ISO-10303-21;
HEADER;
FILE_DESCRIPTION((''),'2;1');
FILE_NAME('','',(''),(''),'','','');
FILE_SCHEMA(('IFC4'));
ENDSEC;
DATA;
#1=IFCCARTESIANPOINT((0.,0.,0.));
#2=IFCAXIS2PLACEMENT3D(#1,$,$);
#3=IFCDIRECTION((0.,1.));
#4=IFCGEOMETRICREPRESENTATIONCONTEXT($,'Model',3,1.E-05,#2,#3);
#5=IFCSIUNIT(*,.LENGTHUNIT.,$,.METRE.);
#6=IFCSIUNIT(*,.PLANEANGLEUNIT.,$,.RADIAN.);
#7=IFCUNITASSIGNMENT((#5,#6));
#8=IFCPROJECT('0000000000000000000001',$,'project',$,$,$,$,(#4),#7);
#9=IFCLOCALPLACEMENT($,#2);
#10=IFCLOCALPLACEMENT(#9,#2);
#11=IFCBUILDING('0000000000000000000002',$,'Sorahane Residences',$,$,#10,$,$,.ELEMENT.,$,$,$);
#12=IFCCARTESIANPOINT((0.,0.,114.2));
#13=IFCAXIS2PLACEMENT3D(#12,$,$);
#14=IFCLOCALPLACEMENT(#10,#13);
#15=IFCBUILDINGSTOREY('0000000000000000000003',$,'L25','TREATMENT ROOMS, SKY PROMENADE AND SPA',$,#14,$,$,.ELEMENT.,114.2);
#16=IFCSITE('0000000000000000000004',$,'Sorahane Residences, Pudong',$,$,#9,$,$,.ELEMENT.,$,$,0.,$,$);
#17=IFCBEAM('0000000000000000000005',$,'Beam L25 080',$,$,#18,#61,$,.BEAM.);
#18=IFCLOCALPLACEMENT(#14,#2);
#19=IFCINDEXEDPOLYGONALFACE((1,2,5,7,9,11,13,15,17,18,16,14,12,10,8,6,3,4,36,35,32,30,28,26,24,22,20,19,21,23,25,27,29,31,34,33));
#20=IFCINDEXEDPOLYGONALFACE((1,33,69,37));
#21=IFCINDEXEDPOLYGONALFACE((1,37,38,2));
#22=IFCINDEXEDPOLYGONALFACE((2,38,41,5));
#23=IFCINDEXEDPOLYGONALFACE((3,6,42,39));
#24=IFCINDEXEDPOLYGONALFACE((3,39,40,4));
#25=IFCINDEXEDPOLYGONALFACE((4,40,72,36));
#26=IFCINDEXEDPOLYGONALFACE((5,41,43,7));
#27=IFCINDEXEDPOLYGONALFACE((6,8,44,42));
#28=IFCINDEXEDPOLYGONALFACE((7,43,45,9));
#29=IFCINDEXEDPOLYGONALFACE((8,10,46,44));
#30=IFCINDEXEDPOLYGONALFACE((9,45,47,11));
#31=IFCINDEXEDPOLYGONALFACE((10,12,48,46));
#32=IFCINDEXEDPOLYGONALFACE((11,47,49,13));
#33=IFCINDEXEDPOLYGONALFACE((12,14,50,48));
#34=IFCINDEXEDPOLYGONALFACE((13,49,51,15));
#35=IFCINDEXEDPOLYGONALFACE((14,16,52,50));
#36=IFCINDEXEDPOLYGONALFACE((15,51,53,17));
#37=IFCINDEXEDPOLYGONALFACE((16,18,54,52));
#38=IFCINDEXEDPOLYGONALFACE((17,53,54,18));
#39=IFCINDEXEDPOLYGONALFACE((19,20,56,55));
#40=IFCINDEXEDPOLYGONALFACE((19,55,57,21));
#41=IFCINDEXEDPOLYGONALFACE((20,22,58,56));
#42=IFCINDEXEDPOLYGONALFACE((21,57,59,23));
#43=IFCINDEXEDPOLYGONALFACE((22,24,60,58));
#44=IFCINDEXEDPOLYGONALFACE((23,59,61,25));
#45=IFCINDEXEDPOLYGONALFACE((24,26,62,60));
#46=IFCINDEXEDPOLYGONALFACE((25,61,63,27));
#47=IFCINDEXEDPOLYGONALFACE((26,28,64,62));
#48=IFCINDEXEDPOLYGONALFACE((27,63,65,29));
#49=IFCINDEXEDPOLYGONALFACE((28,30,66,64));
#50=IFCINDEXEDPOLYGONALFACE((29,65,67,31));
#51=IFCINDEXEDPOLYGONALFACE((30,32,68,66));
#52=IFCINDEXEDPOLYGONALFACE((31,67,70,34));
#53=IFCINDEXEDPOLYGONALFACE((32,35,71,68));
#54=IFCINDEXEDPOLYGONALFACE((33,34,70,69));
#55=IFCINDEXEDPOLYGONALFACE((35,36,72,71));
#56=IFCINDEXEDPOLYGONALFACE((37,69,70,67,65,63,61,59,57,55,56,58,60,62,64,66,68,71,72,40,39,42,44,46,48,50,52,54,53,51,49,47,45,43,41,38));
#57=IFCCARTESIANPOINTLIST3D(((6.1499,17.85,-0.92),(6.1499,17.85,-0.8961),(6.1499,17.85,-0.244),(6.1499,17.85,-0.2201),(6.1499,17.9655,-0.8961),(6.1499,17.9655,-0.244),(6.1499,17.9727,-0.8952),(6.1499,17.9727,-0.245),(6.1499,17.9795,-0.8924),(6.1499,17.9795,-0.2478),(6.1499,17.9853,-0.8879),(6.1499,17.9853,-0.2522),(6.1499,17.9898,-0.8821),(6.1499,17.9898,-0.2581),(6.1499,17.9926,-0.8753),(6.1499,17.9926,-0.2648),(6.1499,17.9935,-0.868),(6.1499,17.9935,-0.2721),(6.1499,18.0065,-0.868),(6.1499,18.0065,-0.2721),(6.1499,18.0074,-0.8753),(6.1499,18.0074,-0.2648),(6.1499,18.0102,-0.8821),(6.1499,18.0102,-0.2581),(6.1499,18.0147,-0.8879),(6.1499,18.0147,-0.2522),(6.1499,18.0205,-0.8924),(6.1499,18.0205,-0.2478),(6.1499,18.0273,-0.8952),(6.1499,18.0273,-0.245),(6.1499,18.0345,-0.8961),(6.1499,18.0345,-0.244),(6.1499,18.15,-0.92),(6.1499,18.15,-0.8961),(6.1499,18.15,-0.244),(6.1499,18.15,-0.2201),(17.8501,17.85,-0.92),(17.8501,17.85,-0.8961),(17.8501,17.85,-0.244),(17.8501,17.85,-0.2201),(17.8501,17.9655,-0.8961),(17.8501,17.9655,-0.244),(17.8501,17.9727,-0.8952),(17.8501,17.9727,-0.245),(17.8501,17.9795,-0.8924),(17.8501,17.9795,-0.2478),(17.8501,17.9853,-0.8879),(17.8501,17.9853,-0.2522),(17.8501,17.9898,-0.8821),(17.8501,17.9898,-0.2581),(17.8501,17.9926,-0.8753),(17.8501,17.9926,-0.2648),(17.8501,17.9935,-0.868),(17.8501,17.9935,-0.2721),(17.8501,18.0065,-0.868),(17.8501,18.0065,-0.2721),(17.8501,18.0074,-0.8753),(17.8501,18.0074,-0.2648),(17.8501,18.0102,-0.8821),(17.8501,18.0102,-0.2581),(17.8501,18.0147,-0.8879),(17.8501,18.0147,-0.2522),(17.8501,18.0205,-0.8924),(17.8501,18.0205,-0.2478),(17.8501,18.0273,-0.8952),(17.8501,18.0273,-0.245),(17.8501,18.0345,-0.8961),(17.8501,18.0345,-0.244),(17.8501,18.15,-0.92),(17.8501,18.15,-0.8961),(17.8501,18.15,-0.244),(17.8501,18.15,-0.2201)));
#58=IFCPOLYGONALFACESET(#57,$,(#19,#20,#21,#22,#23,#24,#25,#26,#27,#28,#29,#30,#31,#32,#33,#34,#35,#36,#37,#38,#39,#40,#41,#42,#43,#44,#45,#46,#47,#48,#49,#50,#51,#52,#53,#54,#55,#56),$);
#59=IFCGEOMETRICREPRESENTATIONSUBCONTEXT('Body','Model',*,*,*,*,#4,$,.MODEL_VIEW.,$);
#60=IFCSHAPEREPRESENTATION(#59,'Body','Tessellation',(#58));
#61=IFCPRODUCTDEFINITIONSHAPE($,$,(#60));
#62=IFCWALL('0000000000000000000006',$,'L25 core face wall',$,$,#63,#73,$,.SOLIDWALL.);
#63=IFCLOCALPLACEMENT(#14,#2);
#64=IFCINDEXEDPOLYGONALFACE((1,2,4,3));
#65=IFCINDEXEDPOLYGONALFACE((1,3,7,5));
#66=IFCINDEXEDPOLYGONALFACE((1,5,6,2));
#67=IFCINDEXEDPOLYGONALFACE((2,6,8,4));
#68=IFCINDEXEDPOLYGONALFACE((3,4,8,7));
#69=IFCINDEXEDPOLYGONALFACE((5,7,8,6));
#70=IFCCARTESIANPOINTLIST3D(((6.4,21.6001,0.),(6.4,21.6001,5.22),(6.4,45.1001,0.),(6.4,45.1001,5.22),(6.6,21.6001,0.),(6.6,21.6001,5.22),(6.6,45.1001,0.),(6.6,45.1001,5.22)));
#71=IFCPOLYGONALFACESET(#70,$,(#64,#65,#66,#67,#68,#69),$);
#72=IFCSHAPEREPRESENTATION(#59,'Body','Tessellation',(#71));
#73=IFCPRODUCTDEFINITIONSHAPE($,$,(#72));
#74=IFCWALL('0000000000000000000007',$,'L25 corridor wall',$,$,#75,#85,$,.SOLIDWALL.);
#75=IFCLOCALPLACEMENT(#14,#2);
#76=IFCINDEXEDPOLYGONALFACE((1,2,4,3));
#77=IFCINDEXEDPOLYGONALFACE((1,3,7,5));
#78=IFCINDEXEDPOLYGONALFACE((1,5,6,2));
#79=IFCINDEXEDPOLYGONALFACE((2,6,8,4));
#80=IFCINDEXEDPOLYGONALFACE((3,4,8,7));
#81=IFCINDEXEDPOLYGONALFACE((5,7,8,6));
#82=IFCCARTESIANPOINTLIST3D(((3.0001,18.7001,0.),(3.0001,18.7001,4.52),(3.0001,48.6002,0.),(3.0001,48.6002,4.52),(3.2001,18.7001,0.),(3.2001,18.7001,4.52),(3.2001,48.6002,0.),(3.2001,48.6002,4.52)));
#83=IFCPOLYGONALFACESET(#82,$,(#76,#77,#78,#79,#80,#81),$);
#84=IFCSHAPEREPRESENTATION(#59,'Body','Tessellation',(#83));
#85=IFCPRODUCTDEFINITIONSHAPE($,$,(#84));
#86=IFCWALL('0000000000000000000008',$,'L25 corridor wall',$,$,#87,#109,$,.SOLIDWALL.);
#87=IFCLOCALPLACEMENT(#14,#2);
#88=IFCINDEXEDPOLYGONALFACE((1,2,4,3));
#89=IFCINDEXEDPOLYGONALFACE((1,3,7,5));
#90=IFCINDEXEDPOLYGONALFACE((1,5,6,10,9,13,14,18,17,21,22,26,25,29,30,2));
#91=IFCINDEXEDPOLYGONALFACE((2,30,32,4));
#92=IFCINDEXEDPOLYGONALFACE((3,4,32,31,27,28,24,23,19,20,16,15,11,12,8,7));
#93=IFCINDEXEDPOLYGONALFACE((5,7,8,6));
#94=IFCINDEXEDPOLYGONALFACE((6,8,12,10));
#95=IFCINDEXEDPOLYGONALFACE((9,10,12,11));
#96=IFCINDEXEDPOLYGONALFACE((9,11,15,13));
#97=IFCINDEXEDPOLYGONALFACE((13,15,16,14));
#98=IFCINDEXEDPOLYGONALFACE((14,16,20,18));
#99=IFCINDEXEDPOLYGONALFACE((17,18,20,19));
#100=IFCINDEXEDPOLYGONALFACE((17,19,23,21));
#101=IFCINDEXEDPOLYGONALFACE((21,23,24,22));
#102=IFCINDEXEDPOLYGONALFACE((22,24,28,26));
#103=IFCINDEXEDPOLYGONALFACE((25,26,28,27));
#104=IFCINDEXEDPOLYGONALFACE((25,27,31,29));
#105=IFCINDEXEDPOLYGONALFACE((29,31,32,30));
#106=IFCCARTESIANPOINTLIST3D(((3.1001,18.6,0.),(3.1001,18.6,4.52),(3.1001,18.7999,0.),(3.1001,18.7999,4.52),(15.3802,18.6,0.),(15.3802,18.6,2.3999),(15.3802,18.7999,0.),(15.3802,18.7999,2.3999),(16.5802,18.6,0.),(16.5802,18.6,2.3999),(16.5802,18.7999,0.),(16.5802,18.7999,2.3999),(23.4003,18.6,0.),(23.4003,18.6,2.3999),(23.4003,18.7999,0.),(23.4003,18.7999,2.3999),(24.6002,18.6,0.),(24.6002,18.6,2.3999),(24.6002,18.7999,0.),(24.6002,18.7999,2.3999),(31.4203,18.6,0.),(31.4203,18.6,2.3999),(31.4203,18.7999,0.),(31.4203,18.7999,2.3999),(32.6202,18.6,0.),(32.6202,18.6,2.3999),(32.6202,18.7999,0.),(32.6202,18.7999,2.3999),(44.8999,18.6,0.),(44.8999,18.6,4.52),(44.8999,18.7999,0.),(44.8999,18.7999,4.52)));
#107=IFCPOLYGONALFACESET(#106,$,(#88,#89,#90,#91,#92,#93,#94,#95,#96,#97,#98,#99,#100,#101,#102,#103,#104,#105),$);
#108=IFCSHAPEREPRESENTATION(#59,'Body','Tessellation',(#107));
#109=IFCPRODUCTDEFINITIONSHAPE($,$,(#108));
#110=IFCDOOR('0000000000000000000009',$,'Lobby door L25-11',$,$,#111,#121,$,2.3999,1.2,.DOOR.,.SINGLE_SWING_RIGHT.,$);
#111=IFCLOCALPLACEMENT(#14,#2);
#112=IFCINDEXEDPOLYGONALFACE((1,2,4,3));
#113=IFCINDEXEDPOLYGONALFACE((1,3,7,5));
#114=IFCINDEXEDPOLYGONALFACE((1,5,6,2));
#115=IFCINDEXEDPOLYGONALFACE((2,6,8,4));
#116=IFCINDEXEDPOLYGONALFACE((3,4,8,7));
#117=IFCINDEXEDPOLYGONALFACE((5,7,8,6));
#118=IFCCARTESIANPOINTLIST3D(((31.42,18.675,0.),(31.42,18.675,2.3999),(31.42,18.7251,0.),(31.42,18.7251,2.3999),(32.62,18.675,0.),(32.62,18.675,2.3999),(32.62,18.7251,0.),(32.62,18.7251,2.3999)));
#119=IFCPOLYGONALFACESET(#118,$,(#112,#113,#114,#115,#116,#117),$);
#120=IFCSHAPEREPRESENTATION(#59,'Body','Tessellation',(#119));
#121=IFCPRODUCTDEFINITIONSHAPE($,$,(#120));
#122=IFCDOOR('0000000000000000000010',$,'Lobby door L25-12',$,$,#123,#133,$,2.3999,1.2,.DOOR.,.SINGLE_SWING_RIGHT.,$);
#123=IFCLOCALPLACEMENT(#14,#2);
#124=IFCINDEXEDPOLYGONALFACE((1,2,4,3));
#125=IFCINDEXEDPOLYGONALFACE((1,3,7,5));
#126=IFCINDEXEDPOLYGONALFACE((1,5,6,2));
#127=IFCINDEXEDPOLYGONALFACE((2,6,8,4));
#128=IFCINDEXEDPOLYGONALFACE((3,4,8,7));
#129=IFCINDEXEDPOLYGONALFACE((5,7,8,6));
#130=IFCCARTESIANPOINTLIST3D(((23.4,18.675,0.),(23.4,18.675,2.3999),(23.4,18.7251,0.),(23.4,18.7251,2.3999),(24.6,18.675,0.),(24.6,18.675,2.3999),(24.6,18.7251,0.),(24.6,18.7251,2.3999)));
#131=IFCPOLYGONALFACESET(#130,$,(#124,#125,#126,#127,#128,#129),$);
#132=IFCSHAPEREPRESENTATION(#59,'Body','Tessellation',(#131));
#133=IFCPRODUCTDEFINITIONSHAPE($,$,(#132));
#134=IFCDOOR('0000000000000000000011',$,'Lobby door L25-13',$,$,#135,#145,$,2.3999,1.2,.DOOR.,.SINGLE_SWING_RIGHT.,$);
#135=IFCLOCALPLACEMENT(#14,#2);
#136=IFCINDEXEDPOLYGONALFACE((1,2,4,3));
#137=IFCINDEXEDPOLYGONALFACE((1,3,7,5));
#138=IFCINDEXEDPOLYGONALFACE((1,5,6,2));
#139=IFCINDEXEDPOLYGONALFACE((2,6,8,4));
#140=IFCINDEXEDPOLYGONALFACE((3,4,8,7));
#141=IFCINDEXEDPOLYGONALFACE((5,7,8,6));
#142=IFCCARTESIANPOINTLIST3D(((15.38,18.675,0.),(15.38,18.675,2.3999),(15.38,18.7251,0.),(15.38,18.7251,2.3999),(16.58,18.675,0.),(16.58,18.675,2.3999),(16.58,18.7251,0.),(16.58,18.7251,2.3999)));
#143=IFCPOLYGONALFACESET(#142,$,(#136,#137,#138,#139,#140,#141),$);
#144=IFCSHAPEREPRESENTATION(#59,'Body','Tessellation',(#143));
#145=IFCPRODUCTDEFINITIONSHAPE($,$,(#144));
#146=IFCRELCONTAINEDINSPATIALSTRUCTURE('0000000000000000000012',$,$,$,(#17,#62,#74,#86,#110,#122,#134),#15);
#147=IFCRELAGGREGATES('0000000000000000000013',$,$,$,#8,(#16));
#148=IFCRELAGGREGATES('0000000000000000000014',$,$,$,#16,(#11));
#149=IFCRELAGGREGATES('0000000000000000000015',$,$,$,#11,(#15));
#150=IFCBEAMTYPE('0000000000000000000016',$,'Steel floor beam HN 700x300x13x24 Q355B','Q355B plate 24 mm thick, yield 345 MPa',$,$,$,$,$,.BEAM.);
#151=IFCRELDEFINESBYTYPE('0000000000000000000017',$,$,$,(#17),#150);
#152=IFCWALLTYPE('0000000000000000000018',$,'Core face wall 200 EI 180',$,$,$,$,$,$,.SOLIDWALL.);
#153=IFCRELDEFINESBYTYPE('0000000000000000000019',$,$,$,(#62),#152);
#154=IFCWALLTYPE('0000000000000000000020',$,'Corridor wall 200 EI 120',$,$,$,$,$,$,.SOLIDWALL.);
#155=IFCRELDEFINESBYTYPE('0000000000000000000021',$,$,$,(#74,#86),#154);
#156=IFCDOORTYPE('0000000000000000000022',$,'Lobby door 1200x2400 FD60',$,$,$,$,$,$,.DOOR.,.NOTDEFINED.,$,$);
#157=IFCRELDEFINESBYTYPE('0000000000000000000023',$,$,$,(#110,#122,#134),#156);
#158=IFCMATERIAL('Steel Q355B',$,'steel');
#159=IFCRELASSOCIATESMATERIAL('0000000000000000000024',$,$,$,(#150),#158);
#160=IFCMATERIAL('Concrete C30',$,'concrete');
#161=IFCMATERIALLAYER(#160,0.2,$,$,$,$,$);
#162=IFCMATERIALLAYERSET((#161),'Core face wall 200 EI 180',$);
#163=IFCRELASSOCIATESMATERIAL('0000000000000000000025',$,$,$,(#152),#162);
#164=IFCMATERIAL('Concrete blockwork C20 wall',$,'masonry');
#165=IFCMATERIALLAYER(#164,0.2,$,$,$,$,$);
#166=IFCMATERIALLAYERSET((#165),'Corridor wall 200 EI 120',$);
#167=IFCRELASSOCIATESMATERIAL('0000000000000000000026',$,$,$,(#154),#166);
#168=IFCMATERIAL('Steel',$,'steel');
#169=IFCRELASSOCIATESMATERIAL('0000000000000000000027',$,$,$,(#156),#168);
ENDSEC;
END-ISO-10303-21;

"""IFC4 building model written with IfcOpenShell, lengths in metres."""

from ifc_helpers import new_model, si_unit, direction, frame, frame_2d, origin, origin_2d, place, context, subcontext, project, spatial, rectangle, i_section, extrude, material, layer, layer_set, material_profile, profile_set, type_object, element, fill, save


model = new_model("IFC4")

# Units and contexts
model_context = context("Model", 3, precision=1e-05, world=origin(), true_north=direction((0.0, 1.0)))
body_context = subcontext(model_context, "Body", "Model", "MODEL_VIEW")
ifc_project = project(units=[si_unit("LENGTHUNIT", "METRE"), si_unit("PLANEANGLEUNIT", "RADIAN")], contexts=[model_context])

# Site, building, storey
site_placement = place(None, origin())
site = spatial("IfcSite", under=ifc_project, at=site_placement, Name="Sorahane Residences, Pudong", CompositionType="ELEMENT", RefElevation=0.0)
building_placement = place(site_placement, origin())
building = spatial("IfcBuilding", under=site, at=building_placement, Name="Sorahane Residences", CompositionType="ELEMENT")
storey_placement = place(building_placement, frame((0.0, 0.0, 114.2)))
storey = spatial("IfcBuildingStorey", under=building, at=storey_placement, Name="L25", Description="TREATMENT ROOMS, SKY PROMENADE AND SPA", CompositionType="ELEMENT", Elevation=114.2)

# Beam
ifc_material_1 = material(Name="Steel Q355B", Category="steel")
ifc_material_profile_1 = material_profile(ifc_material_1, i_section(OverallWidth=0.3, OverallDepth=0.7, WebThickness=0.0129, FlangeThickness=0.0239, FilletRadius=0.0281, at=origin_2d()), Name="HN 700x300x13x24")
ifc_profile_set_1 = profile_set([ifc_material_profile_1], Name="Steel Q355B")
beam_type_1 = type_object("IfcBeamType", Name="Steel floor beam HN 700x300x13x24 Q355B", Description="Q355B plate 24 mm thick, yield 345 MPa", PredefinedType="BEAM", material=ifc_profile_set_1)
beam_1_placement = place(storey_placement, frame((6.1499, 18.0, -0.5701), z_axis=(1.0, 0.0, 0.0), x_axis=(0.0, 1.0, 0.0)))
element("IfcBeam", 1, at=beam_1_placement, inside=storey, type_object=beam_type_1, Name="Beam L25 080", PredefinedType="BEAM", context=body_context, shape_type="SweptSolid", body=[
    extrude(i_section(OverallWidth=0.3, OverallDepth=0.7, WebThickness=0.0129, FlangeThickness=0.0239, FilletRadius=0.0281, at=origin_2d()), origin(), (0.0, 0.0, 1.0), 11.7002),
])

# Walls
ifc_material_2 = material(Name="Concrete C30", Category="concrete")
ifc_layer_1 = layer(ifc_material_2, 0.2)
ifc_layer_set_1 = layer_set([ifc_layer_1], Name="Core face wall 200 EI 180")
wall_type_1 = type_object("IfcWallType", Name="Core face wall 200 EI 180", PredefinedType="SOLIDWALL", material=ifc_layer_set_1)
wall_1_placement = place(storey_placement, frame((6.5, 21.6001, 0.0), z_axis=(0.0, 0.0, 1.0), x_axis=(0.0, 1.0, 0.0)))
element("IfcWall", 2, at=wall_1_placement, inside=storey, type_object=wall_type_1, Name="L25 core face wall", PredefinedType="SOLIDWALL", context=body_context, shape_type="SweptSolid", body=[
    extrude(rectangle(XDim=23.5, YDim=0.2, at=frame_2d((11.75, 0.0))), origin(), (0.0, 0.0, 1.0), 5.22),
])
ifc_material_3 = material(Name="Concrete blockwork C20 wall", Category="masonry")
ifc_layer_2 = layer(ifc_material_3, 0.2)
ifc_layer_set_2 = layer_set([ifc_layer_2], Name="Corridor wall 200 EI 120")
wall_type_2 = type_object("IfcWallType", Name="Corridor wall 200 EI 120", PredefinedType="SOLIDWALL", material=ifc_layer_set_2)
wall_2_placement = place(storey_placement, frame((3.1001, 18.7, 0.0), z_axis=(0.0, 0.0, 1.0), x_axis=(0.0, 1.0, 0.0)))
element("IfcWall", 3, at=wall_2_placement, inside=storey, type_object=wall_type_2, Name="L25 corridor wall", PredefinedType="SOLIDWALL", context=body_context, shape_type="SweptSolid", body=[
    extrude(rectangle(XDim=29.9001, YDim=0.2, at=frame_2d((14.9502, 0.0))), origin(), (0.0, 0.0, 1.0), 4.52),
])

# Wall, openings, doors
wall_3_placement = place(storey_placement, frame((3.1001, 18.7, 0.0), z_axis=(0.0, 0.0, 1.0), x_axis=(1.0, 0.0, 0.0)))
wall_3 = element("IfcWall", 4, at=wall_3_placement, inside=storey, type_object=wall_type_2, Name="L25 corridor wall", PredefinedType="SOLIDWALL", context=body_context, shape_type="SweptSolid", body=[
    extrude(rectangle(XDim=41.7998, YDim=0.2, at=frame_2d((20.8999, 0.0))), origin(), (0.0, 0.0, 1.0), 4.52),
])
opening_1_placement = place(wall_3_placement, frame((28.3201, 0.0, 0.0)))
opening_1 = element("IfcOpeningElement", 5, at=opening_1_placement, cuts=wall_3, PredefinedType="OPENING", context=body_context, shape_type="SweptSolid", body=[
    extrude(rectangle(XDim=1.2, YDim=2.3999, at=frame_2d((0.6001, 1.2))), frame((0.0, 0.1099, 0.0), z_axis=(0.0, -1.0, 0.0), x_axis=(1.0, 0.0, 0.0)), (0.0, 0.0, 1.0), 0.22),
])
opening_2_placement = place(wall_3_placement, frame((20.3, 0.0, 0.0)))
opening_2 = element("IfcOpeningElement", 6, at=opening_2_placement, cuts=wall_3, PredefinedType="OPENING", context=body_context, shape_type="SweptSolid", body=[
    extrude(rectangle(XDim=1.2, YDim=2.3999, at=frame_2d((0.6001, 1.2))), frame((0.0, 0.1099, 0.0), z_axis=(0.0, -1.0, 0.0), x_axis=(1.0, 0.0, 0.0)), (0.0, 0.0, 1.0), 0.22),
])
opening_3_placement = place(wall_3_placement, frame((12.28, 0.0, 0.0)))
opening_3 = element("IfcOpeningElement", 7, at=opening_3_placement, cuts=wall_3, PredefinedType="OPENING", context=body_context, shape_type="SweptSolid", body=[
    extrude(rectangle(XDim=1.2, YDim=2.3999, at=frame_2d((0.6001, 1.2))), frame((0.0, 0.1099, 0.0), z_axis=(0.0, -1.0, 0.0), x_axis=(1.0, 0.0, 0.0)), (0.0, 0.0, 1.0), 0.22),
])
ifc_material_4 = material(Name="Steel", Category="steel")
door_type_1 = type_object("IfcDoorType", Name="Lobby door 1200x2400 FD60", OperationType="NOTDEFINED", PredefinedType="DOOR", material=ifc_material_4)
door_1_placement = place(opening_1_placement, frame((1.2, 0.0, 0.0), z_axis=(0.0, 0.0, 1.0), x_axis=(-1.0, 0.0, 0.0)))
door_1 = element("IfcDoor", 8, at=door_1_placement, inside=storey, type_object=door_type_1, Name="Lobby door L25-11", OperationType="SINGLE_SWING_RIGHT", OverallHeight=2.3999, OverallWidth=1.2, PredefinedType="DOOR", context=body_context, shape_type="SweptSolid", body=[
    extrude(rectangle(XDim=1.2, YDim=2.3999, at=frame_2d((0.6001, 1.2))), frame((0.0, 0.0249, 0.0), z_axis=(0.0, -1.0, 0.0), x_axis=(1.0, 0.0, 0.0)), (0.0, 0.0, 1.0), 0.05),
])
fill(opening_1, door_1)
door_2_placement = place(opening_2_placement, frame((1.2, 0.0, 0.0), z_axis=(0.0, 0.0, 1.0), x_axis=(-1.0, 0.0, 0.0)))
door_2 = element("IfcDoor", 9, at=door_2_placement, inside=storey, type_object=door_type_1, Name="Lobby door L25-12", OperationType="SINGLE_SWING_RIGHT", OverallHeight=2.3999, OverallWidth=1.2, PredefinedType="DOOR", context=body_context, shape_type="SweptSolid", body=[
    extrude(rectangle(XDim=1.2, YDim=2.3999, at=frame_2d((0.6001, 1.2))), frame((0.0, 0.0249, 0.0), z_axis=(0.0, -1.0, 0.0), x_axis=(1.0, 0.0, 0.0)), (0.0, 0.0, 1.0), 0.05),
])
fill(opening_2, door_2)
door_3_placement = place(opening_3_placement, frame((1.2, 0.0, 0.0), z_axis=(0.0, 0.0, 1.0), x_axis=(-1.0, 0.0, 0.0)))
door_3 = element("IfcDoor", 10, at=door_3_placement, inside=storey, type_object=door_type_1, Name="Lobby door L25-13", OperationType="SINGLE_SWING_RIGHT", OverallHeight=2.3999, OverallWidth=1.2, PredefinedType="DOOR", context=body_context, shape_type="SweptSolid", body=[
    extrude(rectangle(XDim=1.2, YDim=2.3999, at=frame_2d((0.6001, 1.2))), frame((0.0, 0.0249, 0.0), z_axis=(0.0, -1.0, 0.0), x_axis=(1.0, 0.0, 0.0)), (0.0, 0.0, 1.0), 0.05),
])
fill(opening_3, door_3)

save(model, "model.ifc")
